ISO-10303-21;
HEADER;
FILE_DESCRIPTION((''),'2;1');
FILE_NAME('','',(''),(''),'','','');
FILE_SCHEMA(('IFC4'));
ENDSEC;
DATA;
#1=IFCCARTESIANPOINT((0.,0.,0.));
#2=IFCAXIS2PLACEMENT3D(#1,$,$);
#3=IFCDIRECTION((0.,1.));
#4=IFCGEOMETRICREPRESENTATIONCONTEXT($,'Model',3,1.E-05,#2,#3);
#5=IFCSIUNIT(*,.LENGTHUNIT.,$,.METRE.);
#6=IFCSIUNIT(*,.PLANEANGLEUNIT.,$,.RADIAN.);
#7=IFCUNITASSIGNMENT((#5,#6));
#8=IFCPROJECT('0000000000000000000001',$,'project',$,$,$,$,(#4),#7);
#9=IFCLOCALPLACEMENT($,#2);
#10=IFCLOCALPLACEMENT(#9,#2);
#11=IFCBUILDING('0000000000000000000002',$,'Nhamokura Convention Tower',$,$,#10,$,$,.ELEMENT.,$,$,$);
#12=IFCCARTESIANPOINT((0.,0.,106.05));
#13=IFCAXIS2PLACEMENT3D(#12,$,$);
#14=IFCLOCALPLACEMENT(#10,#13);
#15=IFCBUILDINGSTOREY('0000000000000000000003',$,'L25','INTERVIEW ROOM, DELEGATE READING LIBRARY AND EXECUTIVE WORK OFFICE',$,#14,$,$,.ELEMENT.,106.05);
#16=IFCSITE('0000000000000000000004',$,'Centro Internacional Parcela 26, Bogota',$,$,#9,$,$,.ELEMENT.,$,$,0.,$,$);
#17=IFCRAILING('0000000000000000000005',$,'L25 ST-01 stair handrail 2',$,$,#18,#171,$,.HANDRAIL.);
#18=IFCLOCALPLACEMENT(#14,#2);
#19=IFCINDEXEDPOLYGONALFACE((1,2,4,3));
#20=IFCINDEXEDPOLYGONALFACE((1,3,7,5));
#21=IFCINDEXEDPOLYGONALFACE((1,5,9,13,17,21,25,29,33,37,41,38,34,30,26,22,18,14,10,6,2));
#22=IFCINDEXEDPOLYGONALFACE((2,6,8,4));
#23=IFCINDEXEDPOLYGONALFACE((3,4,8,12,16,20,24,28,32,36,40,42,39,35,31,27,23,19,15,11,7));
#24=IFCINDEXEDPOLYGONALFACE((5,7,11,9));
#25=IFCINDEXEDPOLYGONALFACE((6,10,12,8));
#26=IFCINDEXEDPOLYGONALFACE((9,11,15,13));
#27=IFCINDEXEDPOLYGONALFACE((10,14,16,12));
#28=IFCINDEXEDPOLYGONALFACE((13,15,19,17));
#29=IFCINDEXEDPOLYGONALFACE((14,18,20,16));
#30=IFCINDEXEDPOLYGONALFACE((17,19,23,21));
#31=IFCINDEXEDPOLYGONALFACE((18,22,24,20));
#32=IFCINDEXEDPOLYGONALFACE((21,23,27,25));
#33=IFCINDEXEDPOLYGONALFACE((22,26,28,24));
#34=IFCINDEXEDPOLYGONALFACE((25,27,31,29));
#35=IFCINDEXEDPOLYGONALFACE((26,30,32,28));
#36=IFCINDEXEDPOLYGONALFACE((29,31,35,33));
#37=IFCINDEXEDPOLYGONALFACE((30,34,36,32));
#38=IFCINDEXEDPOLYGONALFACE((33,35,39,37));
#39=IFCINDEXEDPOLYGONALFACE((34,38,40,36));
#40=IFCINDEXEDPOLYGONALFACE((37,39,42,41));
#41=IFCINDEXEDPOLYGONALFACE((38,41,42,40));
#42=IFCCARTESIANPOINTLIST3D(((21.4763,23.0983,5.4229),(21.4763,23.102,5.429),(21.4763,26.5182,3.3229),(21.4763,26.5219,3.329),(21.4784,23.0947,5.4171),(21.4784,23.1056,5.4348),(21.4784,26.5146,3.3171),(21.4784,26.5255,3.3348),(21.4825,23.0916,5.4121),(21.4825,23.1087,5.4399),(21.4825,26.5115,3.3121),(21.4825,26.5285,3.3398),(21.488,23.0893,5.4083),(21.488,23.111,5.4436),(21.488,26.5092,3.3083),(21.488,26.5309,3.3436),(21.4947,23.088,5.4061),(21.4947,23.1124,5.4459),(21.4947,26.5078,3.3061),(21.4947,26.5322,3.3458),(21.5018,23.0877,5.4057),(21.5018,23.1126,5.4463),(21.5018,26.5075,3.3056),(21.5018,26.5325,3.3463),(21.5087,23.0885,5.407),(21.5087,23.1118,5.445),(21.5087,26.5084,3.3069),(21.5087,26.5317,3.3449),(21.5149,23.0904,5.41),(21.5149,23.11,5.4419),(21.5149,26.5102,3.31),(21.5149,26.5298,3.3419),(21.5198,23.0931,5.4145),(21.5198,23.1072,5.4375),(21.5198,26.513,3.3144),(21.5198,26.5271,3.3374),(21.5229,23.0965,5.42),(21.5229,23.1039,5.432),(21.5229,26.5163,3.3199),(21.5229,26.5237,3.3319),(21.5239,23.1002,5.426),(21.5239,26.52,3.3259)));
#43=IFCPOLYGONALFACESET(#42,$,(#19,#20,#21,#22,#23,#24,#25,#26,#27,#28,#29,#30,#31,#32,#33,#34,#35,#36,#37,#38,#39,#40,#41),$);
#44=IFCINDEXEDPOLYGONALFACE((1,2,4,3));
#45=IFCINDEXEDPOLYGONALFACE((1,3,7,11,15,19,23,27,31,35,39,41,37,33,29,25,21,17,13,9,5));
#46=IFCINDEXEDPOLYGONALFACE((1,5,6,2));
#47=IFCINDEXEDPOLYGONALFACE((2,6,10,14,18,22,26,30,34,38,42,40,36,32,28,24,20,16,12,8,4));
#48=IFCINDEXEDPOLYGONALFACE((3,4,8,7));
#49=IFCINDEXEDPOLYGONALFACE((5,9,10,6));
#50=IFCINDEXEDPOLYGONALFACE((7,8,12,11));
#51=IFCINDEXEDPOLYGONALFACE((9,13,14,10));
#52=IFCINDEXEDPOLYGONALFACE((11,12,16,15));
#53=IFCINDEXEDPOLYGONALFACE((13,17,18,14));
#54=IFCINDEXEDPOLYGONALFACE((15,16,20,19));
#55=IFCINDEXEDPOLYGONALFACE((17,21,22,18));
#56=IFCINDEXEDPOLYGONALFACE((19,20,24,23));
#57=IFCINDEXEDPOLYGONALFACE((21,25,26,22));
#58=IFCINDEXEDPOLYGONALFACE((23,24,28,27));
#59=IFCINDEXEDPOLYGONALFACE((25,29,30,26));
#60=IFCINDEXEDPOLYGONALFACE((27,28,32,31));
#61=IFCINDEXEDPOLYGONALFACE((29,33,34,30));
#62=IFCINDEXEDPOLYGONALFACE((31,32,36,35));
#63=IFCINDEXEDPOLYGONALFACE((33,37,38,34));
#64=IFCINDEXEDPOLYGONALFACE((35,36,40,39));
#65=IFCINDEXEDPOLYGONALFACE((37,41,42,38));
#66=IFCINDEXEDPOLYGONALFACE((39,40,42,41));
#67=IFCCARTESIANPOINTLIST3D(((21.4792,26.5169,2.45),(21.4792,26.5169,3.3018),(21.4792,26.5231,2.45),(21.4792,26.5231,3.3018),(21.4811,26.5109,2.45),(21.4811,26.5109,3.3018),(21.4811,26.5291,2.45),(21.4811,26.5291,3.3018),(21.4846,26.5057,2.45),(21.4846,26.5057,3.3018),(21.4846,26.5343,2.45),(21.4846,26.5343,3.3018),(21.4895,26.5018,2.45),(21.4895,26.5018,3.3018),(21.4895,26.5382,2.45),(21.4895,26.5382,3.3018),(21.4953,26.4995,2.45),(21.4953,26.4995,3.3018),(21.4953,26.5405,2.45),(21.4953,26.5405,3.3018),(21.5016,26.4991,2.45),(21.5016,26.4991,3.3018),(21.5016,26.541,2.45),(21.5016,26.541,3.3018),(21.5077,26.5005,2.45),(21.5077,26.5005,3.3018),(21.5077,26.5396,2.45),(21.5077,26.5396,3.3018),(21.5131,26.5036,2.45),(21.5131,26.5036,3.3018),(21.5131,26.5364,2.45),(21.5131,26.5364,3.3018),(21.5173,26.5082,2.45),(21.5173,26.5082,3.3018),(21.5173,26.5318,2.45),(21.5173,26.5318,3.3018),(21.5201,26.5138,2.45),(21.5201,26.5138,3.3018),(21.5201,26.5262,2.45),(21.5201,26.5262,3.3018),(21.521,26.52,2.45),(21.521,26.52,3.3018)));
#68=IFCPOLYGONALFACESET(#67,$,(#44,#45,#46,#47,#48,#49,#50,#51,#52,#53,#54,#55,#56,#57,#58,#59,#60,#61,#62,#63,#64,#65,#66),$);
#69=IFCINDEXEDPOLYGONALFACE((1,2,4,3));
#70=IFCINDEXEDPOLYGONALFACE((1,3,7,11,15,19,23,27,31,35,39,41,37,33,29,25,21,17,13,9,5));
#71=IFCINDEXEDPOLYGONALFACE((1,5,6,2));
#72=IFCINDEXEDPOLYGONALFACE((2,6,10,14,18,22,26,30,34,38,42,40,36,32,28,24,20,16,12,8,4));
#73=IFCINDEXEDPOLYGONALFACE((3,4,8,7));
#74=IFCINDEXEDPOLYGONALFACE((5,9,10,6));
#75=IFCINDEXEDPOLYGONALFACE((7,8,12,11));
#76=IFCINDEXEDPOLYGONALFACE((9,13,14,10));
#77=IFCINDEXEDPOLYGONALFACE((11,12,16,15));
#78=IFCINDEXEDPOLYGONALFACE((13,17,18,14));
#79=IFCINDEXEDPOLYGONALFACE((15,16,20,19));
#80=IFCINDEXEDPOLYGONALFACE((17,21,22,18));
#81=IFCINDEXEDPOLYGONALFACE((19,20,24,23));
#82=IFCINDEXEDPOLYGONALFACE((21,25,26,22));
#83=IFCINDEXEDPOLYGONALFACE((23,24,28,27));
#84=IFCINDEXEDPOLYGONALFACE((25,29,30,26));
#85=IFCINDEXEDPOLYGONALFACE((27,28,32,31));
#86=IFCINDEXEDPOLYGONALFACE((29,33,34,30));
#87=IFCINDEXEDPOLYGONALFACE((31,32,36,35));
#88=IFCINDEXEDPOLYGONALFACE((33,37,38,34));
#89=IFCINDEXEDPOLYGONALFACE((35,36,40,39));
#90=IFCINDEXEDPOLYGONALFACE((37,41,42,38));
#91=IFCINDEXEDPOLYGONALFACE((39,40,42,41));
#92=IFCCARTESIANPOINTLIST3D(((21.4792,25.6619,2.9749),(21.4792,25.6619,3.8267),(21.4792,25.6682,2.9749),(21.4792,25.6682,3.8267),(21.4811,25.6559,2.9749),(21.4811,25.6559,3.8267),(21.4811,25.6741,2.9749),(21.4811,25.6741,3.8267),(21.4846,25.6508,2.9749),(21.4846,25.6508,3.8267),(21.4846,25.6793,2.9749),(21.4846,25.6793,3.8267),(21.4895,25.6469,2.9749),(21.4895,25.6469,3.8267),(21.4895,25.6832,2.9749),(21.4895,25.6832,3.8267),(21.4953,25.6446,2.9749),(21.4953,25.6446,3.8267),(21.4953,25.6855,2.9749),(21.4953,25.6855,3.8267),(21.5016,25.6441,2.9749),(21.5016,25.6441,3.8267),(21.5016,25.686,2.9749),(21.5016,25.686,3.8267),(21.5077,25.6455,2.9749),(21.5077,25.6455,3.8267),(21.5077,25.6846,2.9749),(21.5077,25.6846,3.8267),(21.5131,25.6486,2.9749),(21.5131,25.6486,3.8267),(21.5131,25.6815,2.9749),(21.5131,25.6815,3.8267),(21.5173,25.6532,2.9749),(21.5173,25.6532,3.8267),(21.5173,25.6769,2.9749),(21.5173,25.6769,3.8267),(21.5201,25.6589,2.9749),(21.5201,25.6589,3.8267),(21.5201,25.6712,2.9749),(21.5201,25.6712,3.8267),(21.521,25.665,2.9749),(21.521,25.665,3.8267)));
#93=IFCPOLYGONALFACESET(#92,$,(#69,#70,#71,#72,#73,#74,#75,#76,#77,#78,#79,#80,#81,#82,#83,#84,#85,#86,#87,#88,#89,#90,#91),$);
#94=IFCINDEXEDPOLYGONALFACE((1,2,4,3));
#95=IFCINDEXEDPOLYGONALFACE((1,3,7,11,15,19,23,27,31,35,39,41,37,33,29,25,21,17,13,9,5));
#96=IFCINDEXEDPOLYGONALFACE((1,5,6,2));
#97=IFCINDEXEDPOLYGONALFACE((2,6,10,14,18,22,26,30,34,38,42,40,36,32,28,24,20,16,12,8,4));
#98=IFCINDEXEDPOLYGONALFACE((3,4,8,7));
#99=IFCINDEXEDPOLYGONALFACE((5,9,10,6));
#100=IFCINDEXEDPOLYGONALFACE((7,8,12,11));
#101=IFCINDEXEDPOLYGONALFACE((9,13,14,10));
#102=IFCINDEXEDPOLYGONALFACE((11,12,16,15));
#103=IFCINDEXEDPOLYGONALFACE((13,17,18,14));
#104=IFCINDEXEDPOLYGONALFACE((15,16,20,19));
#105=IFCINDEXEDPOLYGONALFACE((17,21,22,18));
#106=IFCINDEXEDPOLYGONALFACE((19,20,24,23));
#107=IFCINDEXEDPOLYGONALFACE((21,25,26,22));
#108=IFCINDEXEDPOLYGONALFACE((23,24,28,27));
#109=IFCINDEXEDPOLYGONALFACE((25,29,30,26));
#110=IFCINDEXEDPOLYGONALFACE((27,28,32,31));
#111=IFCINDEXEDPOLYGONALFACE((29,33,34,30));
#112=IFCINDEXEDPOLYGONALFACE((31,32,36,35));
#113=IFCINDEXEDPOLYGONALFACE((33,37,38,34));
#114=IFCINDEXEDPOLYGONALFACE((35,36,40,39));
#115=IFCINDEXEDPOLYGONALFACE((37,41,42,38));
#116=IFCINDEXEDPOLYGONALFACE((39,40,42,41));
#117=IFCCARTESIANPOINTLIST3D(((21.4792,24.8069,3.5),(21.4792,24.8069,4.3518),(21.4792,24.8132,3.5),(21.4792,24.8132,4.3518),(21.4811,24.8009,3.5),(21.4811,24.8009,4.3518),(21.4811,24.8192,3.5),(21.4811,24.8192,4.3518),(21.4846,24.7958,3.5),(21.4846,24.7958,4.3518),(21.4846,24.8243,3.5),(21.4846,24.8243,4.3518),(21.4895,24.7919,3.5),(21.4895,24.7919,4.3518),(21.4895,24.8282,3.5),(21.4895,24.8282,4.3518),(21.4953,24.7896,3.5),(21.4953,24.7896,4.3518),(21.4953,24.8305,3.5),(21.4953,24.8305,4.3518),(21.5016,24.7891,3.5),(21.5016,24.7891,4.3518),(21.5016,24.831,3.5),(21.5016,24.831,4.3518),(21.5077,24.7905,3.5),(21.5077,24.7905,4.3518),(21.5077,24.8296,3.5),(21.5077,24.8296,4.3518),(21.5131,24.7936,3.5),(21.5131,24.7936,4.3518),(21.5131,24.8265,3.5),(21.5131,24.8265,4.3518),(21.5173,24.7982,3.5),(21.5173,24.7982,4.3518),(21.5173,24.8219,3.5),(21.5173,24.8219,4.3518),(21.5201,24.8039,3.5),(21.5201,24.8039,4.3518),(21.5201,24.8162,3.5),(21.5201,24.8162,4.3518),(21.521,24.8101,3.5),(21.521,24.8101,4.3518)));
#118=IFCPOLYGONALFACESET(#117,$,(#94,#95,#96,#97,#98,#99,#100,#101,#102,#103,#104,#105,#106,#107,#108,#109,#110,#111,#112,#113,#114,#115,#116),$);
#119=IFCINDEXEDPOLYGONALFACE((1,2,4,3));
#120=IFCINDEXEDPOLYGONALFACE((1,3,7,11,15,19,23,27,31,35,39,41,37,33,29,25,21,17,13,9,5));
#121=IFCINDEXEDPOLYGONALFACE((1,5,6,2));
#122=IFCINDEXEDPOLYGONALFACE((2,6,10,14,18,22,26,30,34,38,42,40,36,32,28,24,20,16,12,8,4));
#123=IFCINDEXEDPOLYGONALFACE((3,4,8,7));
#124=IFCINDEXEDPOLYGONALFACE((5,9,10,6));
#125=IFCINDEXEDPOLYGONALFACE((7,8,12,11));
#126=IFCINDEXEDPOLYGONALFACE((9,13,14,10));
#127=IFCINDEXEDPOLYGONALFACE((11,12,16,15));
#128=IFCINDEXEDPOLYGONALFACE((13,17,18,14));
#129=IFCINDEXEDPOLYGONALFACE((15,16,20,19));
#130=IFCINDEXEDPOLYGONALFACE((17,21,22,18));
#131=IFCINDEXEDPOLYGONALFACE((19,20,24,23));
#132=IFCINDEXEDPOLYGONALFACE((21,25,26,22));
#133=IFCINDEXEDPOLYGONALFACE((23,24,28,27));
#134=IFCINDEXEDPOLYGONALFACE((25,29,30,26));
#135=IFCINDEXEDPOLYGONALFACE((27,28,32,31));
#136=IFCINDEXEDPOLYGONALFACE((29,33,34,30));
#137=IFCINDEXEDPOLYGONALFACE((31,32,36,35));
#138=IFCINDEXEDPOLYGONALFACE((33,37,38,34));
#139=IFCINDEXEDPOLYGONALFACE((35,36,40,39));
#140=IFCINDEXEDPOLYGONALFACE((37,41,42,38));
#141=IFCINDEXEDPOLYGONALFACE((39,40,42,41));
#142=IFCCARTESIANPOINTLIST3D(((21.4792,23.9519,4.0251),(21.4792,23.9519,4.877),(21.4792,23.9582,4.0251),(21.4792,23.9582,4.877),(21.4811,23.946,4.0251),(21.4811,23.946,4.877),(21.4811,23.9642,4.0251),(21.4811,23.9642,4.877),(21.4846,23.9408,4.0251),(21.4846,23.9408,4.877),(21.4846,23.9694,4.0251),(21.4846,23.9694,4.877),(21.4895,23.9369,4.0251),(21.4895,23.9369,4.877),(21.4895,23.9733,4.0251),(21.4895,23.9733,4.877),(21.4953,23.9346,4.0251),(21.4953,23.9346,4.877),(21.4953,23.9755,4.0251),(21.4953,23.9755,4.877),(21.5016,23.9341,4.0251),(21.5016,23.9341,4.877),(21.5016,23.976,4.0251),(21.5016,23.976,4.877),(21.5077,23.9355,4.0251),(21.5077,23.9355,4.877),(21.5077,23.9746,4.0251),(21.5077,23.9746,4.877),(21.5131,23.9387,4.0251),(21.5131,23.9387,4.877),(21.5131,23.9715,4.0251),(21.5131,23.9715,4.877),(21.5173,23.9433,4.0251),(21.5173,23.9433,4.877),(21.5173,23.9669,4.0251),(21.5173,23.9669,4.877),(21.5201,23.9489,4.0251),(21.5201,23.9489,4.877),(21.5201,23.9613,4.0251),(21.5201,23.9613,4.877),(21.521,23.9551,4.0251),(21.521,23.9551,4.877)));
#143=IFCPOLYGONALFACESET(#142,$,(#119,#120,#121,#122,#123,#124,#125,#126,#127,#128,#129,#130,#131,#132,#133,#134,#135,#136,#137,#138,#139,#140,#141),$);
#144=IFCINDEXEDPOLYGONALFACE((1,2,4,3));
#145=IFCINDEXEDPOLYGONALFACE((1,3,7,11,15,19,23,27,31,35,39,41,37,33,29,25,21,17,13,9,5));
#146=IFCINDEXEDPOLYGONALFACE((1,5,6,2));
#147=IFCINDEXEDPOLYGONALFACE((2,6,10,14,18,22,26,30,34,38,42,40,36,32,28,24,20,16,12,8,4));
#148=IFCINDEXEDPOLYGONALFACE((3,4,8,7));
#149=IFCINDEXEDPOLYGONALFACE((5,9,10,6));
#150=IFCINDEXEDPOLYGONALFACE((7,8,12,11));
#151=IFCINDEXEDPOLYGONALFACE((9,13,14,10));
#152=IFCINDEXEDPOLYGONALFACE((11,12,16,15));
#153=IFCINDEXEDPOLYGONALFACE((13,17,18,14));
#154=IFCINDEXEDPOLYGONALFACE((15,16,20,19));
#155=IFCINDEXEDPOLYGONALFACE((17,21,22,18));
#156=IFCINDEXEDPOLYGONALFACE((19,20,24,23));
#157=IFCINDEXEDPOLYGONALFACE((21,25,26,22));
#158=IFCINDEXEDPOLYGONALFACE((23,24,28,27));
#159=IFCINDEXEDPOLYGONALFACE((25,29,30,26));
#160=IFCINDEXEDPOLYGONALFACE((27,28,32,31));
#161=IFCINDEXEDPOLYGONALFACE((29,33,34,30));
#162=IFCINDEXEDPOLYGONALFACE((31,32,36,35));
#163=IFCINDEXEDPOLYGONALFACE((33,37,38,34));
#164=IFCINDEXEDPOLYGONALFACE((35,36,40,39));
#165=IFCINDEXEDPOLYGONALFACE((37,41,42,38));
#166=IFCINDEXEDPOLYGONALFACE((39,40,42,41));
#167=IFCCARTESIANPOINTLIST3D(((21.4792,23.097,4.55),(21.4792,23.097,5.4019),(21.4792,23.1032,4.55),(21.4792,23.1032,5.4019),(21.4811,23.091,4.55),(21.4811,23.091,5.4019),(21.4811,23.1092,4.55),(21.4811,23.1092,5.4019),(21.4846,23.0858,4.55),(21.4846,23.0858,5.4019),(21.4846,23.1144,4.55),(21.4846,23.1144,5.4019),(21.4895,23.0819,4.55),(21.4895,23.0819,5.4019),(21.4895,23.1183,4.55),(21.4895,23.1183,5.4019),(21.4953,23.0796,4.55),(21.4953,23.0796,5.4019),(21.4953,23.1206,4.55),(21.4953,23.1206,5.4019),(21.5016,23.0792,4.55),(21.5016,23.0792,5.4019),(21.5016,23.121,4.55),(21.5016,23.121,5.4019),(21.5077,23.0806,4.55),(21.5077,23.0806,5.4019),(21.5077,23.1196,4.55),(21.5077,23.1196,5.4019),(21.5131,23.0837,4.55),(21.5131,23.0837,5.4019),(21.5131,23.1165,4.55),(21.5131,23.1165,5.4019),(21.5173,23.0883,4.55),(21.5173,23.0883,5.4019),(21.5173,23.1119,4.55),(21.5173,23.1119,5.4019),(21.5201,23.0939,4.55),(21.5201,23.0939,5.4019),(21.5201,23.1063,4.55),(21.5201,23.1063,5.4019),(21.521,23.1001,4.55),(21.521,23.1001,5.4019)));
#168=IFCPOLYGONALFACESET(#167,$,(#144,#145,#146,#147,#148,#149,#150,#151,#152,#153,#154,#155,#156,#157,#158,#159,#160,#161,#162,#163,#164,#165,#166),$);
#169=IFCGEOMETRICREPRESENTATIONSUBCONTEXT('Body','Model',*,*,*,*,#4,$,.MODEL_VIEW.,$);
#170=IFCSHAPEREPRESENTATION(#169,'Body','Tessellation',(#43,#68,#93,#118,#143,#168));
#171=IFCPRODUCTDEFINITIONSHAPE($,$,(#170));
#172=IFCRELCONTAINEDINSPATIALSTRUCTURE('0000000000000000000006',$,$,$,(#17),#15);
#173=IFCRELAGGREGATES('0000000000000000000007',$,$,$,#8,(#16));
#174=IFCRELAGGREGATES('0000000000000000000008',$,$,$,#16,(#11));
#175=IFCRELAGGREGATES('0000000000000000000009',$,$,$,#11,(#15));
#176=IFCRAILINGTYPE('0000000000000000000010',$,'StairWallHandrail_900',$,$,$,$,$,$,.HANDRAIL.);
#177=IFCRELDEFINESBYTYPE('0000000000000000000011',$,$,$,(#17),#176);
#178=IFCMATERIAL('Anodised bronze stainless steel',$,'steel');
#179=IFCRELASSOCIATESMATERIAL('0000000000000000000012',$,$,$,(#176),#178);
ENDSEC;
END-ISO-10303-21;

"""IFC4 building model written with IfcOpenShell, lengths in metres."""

from ifc_helpers import new_model, si_unit, direction, frame, origin, origin_2d, place, context, subcontext, project, spatial, circle, extrude, material, type_object, element, save


model = new_model("IFC4")

# Units and contexts
model_context = context("Model", 3, precision=1e-05, world=origin(), true_north=direction((0.0, 1.0)))
body_context = subcontext(model_context, "Body", "Model", "MODEL_VIEW")
ifc_project = project(units=[si_unit("LENGTHUNIT", "METRE"), si_unit("PLANEANGLEUNIT", "RADIAN")], contexts=[model_context])

# Site, building, storey
site_placement = place(None, origin())
site = spatial("IfcSite", under=ifc_project, at=site_placement, Name="Centro Internacional Parcela 26, Bogota", CompositionType="ELEMENT", RefElevation=0.0)
building_placement = place(site_placement, origin())
building = spatial("IfcBuilding", under=site, at=building_placement, Name="Nhamokura Convention Tower", CompositionType="ELEMENT")
storey_placement = place(building_placement, frame((0.0, 0.0, 106.05)))
storey = spatial("IfcBuildingStorey", under=building, at=storey_placement, Name="L25", Description="INTERVIEW ROOM, DELEGATE READING LIBRARY AND EXECUTIVE WORK OFFICE", CompositionType="ELEMENT", Elevation=106.05)

# Railing
ifc_material_1 = material(Name="Anodised bronze stainless steel", Category="steel")
railing_type_1 = type_object("IfcRailingType", Name="StairWallHandrail_900", PredefinedType="HANDRAIL", material=ifc_material_1)
railing_1_placement = place(storey_placement, frame((21.5, 26.52, 2.45)))
element("IfcRailing", 1, at=railing_1_placement, inside=storey, type_object=railing_type_1, Name="L25 ST-01 stair handrail 2", PredefinedType="HANDRAIL", context=body_context, shape_type="SweptSolid", body=[
    extrude(circle(Radius=0.0239, at=origin_2d()), frame((0.0, 0.0, 0.876), z_axis=(0.0, -0.852155, 0.523289), x_axis=(1.0, 0.0, 0.0)), (0.0, 0.0, 1.0), 4.0132),
    extrude(circle(Radius=0.021, at=origin_2d()), origin(), (0.0, 0.0, 1.0), 0.8518),
    extrude(circle(Radius=0.021, at=origin_2d()), frame((0.0, -0.855, 0.5249)), (0.0, 0.0, 1.0), 0.8518),
    extrude(circle(Radius=0.021, at=origin_2d()), frame((0.0, -1.71, 1.05)), (0.0, 0.0, 1.0), 0.8518),
    extrude(circle(Radius=0.021, at=origin_2d()), frame((0.0, -2.5649, 1.5752)), (0.0, 0.0, 1.0), 0.8518),
    extrude(circle(Radius=0.021, at=origin_2d()), frame((0.0, -3.4199, 2.1001)), (0.0, 0.0, 1.0), 0.8518),
])

save(model, "model.ifc")
